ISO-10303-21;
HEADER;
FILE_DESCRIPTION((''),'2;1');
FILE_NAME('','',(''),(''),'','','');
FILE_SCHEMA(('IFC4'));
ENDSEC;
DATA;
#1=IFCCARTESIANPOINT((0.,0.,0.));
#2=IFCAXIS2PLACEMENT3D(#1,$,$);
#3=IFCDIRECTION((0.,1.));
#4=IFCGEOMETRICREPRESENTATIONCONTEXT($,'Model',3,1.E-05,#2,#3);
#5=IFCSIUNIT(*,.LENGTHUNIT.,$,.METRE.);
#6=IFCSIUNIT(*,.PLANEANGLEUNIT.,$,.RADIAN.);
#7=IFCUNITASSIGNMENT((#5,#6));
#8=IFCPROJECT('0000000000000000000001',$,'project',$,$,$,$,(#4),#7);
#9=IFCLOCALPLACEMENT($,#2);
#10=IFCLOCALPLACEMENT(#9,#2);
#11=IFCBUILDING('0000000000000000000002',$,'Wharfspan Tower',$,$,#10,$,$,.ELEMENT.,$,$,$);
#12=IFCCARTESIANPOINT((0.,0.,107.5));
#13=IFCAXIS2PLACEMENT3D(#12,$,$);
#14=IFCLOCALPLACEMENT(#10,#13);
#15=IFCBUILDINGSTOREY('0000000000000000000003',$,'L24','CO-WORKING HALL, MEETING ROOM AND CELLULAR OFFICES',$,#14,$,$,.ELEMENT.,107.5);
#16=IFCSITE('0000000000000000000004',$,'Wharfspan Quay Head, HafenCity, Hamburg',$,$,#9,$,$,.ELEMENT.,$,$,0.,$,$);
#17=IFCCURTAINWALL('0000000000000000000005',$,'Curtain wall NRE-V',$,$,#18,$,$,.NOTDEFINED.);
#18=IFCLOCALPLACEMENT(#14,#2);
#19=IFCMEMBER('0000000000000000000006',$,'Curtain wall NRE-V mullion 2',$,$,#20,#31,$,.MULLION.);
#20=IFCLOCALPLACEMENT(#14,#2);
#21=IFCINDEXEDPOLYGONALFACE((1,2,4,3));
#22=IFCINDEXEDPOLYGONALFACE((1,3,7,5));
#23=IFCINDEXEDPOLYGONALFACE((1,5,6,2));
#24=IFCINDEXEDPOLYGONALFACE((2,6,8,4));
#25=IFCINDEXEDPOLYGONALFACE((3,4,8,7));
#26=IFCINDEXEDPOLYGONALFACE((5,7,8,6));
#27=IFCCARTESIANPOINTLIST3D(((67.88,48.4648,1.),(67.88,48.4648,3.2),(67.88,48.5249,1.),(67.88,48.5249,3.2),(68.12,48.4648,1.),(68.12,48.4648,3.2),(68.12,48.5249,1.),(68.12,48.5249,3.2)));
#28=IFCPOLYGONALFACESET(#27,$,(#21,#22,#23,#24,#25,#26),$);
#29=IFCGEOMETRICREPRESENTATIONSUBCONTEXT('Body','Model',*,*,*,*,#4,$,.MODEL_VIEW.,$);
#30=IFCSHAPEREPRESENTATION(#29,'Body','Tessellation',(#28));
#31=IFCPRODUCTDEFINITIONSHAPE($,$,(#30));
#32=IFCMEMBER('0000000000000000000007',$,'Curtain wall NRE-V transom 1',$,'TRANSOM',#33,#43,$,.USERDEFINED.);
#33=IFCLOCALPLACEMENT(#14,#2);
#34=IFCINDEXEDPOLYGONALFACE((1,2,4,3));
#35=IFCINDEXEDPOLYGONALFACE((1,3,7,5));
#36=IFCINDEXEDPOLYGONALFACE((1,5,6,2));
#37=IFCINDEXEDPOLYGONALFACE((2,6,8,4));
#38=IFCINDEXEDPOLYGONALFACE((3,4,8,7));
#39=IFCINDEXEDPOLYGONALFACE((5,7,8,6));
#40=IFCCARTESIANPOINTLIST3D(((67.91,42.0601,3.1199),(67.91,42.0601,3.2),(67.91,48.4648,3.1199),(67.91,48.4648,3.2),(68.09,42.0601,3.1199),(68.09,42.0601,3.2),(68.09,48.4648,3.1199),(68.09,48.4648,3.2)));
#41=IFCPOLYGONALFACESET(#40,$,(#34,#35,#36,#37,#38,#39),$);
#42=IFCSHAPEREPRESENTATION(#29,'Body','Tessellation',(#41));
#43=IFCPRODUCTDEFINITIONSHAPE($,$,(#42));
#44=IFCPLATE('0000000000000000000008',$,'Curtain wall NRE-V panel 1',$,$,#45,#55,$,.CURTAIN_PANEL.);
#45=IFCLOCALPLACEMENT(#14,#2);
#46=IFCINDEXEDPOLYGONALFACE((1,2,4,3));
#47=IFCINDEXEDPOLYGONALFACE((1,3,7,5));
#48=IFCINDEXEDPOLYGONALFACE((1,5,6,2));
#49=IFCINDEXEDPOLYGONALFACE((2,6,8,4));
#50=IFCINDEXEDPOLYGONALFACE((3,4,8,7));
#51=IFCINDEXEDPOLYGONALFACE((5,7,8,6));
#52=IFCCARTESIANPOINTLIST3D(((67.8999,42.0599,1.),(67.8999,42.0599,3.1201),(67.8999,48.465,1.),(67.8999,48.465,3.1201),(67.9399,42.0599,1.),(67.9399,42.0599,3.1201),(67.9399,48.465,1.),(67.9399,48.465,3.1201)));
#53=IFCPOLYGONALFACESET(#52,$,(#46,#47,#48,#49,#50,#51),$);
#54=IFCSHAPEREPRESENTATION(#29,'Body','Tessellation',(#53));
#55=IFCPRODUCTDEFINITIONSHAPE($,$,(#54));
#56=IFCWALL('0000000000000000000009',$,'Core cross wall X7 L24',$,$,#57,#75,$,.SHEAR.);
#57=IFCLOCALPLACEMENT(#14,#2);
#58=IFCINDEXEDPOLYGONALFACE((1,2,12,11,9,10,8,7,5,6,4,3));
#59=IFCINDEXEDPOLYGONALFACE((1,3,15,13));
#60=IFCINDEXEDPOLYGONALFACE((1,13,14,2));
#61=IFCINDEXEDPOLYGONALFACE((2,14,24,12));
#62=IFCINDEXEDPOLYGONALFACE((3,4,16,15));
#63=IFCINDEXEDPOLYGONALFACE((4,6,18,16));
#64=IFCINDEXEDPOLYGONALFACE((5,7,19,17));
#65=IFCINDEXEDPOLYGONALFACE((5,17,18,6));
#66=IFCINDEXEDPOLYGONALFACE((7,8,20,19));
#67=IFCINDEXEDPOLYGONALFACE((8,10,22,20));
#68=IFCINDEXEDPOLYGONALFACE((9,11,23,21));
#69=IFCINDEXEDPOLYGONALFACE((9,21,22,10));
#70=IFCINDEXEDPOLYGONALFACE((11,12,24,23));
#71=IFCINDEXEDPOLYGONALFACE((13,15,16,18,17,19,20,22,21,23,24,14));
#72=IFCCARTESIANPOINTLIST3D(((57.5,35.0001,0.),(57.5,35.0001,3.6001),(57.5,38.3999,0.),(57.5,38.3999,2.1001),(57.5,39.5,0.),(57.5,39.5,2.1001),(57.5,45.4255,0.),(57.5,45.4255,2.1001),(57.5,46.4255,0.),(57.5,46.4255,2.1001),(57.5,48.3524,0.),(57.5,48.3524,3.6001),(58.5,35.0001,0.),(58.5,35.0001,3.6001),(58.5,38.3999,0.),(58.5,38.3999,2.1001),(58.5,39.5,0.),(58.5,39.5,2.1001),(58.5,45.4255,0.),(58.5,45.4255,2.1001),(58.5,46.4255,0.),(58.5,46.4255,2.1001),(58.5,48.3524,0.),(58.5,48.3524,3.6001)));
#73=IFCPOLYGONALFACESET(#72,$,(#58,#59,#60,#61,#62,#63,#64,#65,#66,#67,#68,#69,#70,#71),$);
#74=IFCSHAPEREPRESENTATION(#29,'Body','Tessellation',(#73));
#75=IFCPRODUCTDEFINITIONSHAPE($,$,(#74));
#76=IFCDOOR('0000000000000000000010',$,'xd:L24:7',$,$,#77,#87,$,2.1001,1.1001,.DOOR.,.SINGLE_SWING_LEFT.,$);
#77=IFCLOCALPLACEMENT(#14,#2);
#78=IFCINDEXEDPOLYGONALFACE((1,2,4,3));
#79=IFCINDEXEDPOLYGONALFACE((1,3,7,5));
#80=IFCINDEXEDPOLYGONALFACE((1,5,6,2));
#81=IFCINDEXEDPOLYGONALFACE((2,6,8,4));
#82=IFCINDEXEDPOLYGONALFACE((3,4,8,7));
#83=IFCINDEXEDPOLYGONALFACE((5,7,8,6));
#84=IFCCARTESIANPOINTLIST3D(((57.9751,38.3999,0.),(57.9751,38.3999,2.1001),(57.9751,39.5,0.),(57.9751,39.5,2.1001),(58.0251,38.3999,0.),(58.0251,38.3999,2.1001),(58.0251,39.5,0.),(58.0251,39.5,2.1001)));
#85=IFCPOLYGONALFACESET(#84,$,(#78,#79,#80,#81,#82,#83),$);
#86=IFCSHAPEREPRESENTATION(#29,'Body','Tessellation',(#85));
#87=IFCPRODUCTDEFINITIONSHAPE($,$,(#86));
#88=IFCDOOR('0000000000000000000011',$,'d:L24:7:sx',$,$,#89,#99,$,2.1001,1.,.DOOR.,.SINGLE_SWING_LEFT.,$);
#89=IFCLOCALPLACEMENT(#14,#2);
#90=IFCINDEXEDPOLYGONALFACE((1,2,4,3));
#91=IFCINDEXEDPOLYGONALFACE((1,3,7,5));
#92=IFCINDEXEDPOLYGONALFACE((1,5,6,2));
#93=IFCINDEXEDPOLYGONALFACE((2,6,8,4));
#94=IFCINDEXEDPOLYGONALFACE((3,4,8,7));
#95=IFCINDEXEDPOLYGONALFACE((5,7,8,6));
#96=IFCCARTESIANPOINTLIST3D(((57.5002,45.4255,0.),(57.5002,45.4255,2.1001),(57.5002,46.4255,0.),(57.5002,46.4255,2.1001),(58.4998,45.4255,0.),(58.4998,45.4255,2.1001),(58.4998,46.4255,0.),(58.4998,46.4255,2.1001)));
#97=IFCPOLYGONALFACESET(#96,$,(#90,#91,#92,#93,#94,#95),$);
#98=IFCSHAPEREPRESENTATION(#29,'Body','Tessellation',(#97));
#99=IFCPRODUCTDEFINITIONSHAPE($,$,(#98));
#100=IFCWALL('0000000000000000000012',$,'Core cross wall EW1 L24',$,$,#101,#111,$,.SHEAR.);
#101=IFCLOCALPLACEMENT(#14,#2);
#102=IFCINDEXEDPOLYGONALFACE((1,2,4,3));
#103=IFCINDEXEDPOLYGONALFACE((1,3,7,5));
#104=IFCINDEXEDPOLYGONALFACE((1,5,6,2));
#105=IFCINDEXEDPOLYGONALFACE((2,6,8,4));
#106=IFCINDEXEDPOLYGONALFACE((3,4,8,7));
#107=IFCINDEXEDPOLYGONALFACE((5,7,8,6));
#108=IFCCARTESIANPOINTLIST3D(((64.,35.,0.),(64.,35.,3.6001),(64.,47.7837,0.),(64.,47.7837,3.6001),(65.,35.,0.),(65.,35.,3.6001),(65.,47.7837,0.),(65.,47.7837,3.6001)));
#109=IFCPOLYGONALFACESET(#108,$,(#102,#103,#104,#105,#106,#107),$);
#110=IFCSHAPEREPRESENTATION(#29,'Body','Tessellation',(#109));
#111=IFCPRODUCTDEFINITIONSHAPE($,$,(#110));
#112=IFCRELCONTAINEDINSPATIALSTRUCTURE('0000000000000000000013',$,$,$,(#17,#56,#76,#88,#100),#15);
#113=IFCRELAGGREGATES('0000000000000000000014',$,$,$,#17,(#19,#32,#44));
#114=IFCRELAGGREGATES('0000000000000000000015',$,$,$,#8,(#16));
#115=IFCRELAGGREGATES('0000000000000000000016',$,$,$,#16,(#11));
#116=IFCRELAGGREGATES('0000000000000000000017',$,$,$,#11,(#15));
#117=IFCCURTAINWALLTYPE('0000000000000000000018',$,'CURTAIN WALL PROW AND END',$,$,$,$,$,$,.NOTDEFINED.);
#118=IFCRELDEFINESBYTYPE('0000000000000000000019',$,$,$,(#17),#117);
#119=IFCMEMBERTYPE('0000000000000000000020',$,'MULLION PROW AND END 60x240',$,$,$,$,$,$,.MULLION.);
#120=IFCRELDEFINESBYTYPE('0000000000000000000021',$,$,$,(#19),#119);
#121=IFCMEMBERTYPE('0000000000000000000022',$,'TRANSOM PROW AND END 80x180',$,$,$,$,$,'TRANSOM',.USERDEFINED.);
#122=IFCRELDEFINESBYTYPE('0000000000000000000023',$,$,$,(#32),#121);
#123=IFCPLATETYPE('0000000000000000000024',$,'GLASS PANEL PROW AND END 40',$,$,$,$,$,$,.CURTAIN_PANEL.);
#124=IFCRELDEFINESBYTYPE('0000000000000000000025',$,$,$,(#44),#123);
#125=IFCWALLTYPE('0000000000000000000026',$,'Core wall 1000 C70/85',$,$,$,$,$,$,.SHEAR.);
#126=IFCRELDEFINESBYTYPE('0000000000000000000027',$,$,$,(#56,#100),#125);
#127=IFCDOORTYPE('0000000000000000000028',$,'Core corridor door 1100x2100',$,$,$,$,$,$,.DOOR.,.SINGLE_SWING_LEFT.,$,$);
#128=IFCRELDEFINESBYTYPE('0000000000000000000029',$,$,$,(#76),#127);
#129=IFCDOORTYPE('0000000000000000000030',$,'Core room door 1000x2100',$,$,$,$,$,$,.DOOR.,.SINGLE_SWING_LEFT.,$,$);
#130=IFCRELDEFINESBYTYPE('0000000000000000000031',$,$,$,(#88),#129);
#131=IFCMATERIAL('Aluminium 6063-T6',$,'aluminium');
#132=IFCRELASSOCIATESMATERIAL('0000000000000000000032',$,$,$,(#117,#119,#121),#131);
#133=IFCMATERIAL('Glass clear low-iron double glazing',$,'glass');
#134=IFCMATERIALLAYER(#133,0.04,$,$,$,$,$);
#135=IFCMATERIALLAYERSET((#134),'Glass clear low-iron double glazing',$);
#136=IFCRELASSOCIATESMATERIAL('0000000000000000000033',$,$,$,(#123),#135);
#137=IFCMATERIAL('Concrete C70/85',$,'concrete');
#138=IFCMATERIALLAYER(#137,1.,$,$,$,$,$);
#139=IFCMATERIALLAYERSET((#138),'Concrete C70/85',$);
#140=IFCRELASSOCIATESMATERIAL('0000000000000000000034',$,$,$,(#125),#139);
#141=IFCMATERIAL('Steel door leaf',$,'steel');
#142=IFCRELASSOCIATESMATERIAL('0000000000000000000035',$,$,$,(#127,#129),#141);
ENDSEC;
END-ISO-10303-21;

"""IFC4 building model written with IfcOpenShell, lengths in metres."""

from ifc_helpers import new_model, si_unit, direction, frame, frame_2d, origin, origin_2d, place, context, subcontext, project, spatial, rectangle, extrude, material, layer, layer_set, material_profile, profile_set, type_object, element, fill, aggregate, save


model = new_model("IFC4")

# Units and contexts
model_context = context("Model", 3, precision=1e-05, world=origin(), true_north=direction((0.0, 1.0)))
body_context = subcontext(model_context, "Body", "Model", "MODEL_VIEW")
ifc_project = project(units=[si_unit("LENGTHUNIT", "METRE"), si_unit("PLANEANGLEUNIT", "RADIAN")], contexts=[model_context])

# Site, building, storey
site_placement = place(None, origin())
site = spatial("IfcSite", under=ifc_project, at=site_placement, Name="Wharfspan Quay Head, HafenCity, Hamburg", CompositionType="ELEMENT", RefElevation=0.0)
building_placement = place(site_placement, origin())
building = spatial("IfcBuilding", under=site, at=building_placement, Name="Wharfspan Tower", CompositionType="ELEMENT")
storey_placement = place(building_placement, frame((0.0, 0.0, 107.5)))
storey = spatial("IfcBuildingStorey", under=building, at=storey_placement, Name="L24", Description="CO-WORKING HALL, MEETING ROOM AND CELLULAR OFFICES", CompositionType="ELEMENT", Elevation=107.5)

# Shared definitions
ifc_material_1 = material(Name="Concrete C70/85", Category="concrete")

# Shared definitions
ifc_material_2 = material(Name="Aluminium 6063-T6", Category="aluminium")
curtain_wall_type = type_object("IfcCurtainWallType", Name="CURTAIN WALL PROW AND END", PredefinedType="NOTDEFINED", material=ifc_material_2)
ifc_material_profile_1 = material_profile(ifc_material_2, rectangle(XDim=0.24, YDim=0.0601, at=origin_2d()))
ifc_profile_set_1 = profile_set([ifc_material_profile_1], Name="Aluminium 6063-T6")
member_type_1 = type_object("IfcMemberType", Name="MULLION PROW AND END 60x240", PredefinedType="MULLION", material=ifc_profile_set_1)

# Curtain wall, members, plate
curtain_wall_1_placement = place(storey_placement, origin())
curtain_wall_1 = element("IfcCurtainWall", 1, at=curtain_wall_1_placement, inside=storey, type_object=curtain_wall_type, Name="Curtain wall NRE-V", PredefinedType="NOTDEFINED")
member_1_placement = place(storey_placement, frame((68.0, 48.4949, 1.0), z_axis=(0.0, 0.0, 1.0), x_axis=(-1.0, 0.0, 0.0)))
member_1 = element("IfcMember", 2, at=member_1_placement, type_object=member_type_1, Name="Curtain wall NRE-V mullion 2", PredefinedType="MULLION", context=body_context, shape_type="SweptSolid", body=[
    extrude(rectangle(XDim=0.24, YDim=0.0601, at=origin_2d()), origin(), (0.0, 0.0, 1.0), 2.2),
])
ifc_material_profile_2 = material_profile(ifc_material_2, rectangle(XDim=0.1799, YDim=0.0801, at=origin_2d()))
ifc_profile_set_2 = profile_set([ifc_material_profile_2], Name="Aluminium 6063-T6")
member_type_2 = type_object("IfcMemberType", Name="TRANSOM PROW AND END 80x180", ElementType="TRANSOM", PredefinedType="USERDEFINED", material=ifc_profile_set_2)
member_2_placement = place(storey_placement, frame((68.0, 42.0601, 3.1599), z_axis=(0.0, 1.0, 0.0), x_axis=(-1.0, 0.0, 0.0)))
member_2 = element("IfcMember", 3, at=member_2_placement, type_object=member_type_2, Name="Curtain wall NRE-V transom 1", ObjectType="TRANSOM", PredefinedType="USERDEFINED", context=body_context, shape_type="SweptSolid", body=[
    extrude(rectangle(XDim=0.1799, YDim=0.0801, at=origin_2d()), origin(), (0.0, 0.0, 1.0), 6.4048),
])
ifc_material_3 = material(Name="Glass clear low-iron double glazing", Category="glass")
ifc_layer_1 = layer(ifc_material_3, 0.04)
ifc_layer_set_1 = layer_set([ifc_layer_1], Name="Glass clear low-iron double glazing")
plate_type = type_object("IfcPlateType", Name="GLASS PANEL PROW AND END 40", PredefinedType="CURTAIN_PANEL", material=ifc_layer_set_1)
plate_placement = place(storey_placement, frame((67.9199, 45.2625, 1.0), z_axis=(0.0, 0.0, 1.0), x_axis=(0.0, 1.0, 0.0)))
plate = element("IfcPlate", 4, at=plate_placement, type_object=plate_type, Name="Curtain wall NRE-V panel 1", PredefinedType="CURTAIN_PANEL", context=body_context, shape_type="SweptSolid", body=[
    extrude(rectangle(XDim=6.405, YDim=0.04, at=origin_2d()), origin(), (0.0, 0.0, 1.0), 2.1201),
])
aggregate(curtain_wall_1, [member_1, member_2, plate])

# Wall, openings, doors
ifc_layer_2 = layer(ifc_material_1, 1.0)
ifc_layer_set_2 = layer_set([ifc_layer_2], Name="Concrete C70/85")
wall_type_1 = type_object("IfcWallType", Name="Core wall 1000 C70/85", PredefinedType="SHEAR", material=ifc_layer_set_2)
wall_1_placement = place(storey_placement, frame((58.0, 35.0, 0.0), z_axis=(0.0, 0.0, 1.0), x_axis=(0.0, 1.0, 0.0)))
wall_1 = element("IfcWall", 5, at=wall_1_placement, inside=storey, type_object=wall_type_1, Name="Core cross wall X7 L24", PredefinedType="SHEAR", context=body_context, shape_type="SweptSolid", body=[
    extrude(rectangle(XDim=13.3523, YDim=1.0, at=frame_2d((6.6763, 0.0))), origin(), (0.0, 0.0, 1.0), 3.6001),
])
opening_1_placement = place(wall_1_placement, frame((10.4255, 0.0, 0.0)))
opening_1 = element("IfcOpeningElement", 6, at=opening_1_placement, cuts=wall_1, PredefinedType="OPENING", context=body_context, shape_type="SweptSolid", body=[
    extrude(rectangle(XDim=1.0, YDim=2.1001, at=frame_2d((0.5, 1.05))), frame((0.0, 0.51, 0.0), z_axis=(0.0, -1.0, 0.0), x_axis=(1.0, 0.0, 0.0)), (0.0, 0.0, 1.0), 1.02),
])
opening_2_placement = place(wall_1_placement, frame((3.3999, 0.0, 0.0)))
opening_2 = element("IfcOpeningElement", 7, at=opening_2_placement, cuts=wall_1, PredefinedType="OPENING", context=body_context, shape_type="SweptSolid", body=[
    extrude(rectangle(XDim=1.1001, YDim=2.1001, at=frame_2d((0.55, 1.05))), frame((0.0, 0.51, 0.0), z_axis=(0.0, -1.0, 0.0), x_axis=(1.0, 0.0, 0.0)), (0.0, 0.0, 1.0), 1.02),
])
ifc_material_4 = material(Name="Steel door leaf", Category="steel")
door_type_1 = type_object("IfcDoorType", Name="Core corridor door 1100x2100", OperationType="SINGLE_SWING_LEFT", PredefinedType="DOOR", material=ifc_material_4)
door_1_placement = place(opening_2_placement, origin())
door_1 = element("IfcDoor", 8, at=door_1_placement, inside=storey, type_object=door_type_1, Name="xd:L24:7", OperationType="SINGLE_SWING_LEFT", OverallHeight=2.1001, OverallWidth=1.1001, PredefinedType="DOOR", context=body_context, shape_type="SweptSolid", body=[
    extrude(rectangle(XDim=1.1001, YDim=2.1001, at=frame_2d((0.55, 1.05))), frame((0.0, 0.0249, 0.0), z_axis=(0.0, -1.0, 0.0), x_axis=(1.0, 0.0, 0.0)), (0.0, 0.0, 1.0), 0.05),
])
fill(opening_2, door_1)
door_type_2 = type_object("IfcDoorType", Name="Core room door 1000x2100", OperationType="SINGLE_SWING_LEFT", PredefinedType="DOOR", material=ifc_material_4)
door_2_placement = place(opening_1_placement, origin())
door_2 = element("IfcDoor", 9, at=door_2_placement, inside=storey, type_object=door_type_2, Name="d:L24:7:sx", OperationType="SINGLE_SWING_LEFT", OverallHeight=2.1001, OverallWidth=1.0, PredefinedType="DOOR", context=body_context, shape_type="SweptSolid", body=[
    extrude(rectangle(XDim=1.0, YDim=2.1001, at=frame_2d((0.5, 1.05))), frame((0.0, 0.4998, 0.0), z_axis=(0.0, -1.0, 0.0), x_axis=(1.0, 0.0, 0.0)), (0.0, 0.0, 1.0), 0.9995),
])
fill(opening_1, door_2)

# Wall
wall_2_placement = place(storey_placement, frame((64.5, 35.0, 0.0), z_axis=(0.0, 0.0, 1.0), x_axis=(0.0, 1.0, 0.0)))
element("IfcWall", 10, at=wall_2_placement, inside=storey, type_object=wall_type_1, Name="Core cross wall EW1 L24", PredefinedType="SHEAR", context=body_context, shape_type="SweptSolid", body=[
    extrude(rectangle(XDim=12.7837, YDim=1.0, at=frame_2d((6.3918, 0.0))), origin(), (0.0, 0.0, 1.0), 3.6001),
])

save(model, "model.ifc")
